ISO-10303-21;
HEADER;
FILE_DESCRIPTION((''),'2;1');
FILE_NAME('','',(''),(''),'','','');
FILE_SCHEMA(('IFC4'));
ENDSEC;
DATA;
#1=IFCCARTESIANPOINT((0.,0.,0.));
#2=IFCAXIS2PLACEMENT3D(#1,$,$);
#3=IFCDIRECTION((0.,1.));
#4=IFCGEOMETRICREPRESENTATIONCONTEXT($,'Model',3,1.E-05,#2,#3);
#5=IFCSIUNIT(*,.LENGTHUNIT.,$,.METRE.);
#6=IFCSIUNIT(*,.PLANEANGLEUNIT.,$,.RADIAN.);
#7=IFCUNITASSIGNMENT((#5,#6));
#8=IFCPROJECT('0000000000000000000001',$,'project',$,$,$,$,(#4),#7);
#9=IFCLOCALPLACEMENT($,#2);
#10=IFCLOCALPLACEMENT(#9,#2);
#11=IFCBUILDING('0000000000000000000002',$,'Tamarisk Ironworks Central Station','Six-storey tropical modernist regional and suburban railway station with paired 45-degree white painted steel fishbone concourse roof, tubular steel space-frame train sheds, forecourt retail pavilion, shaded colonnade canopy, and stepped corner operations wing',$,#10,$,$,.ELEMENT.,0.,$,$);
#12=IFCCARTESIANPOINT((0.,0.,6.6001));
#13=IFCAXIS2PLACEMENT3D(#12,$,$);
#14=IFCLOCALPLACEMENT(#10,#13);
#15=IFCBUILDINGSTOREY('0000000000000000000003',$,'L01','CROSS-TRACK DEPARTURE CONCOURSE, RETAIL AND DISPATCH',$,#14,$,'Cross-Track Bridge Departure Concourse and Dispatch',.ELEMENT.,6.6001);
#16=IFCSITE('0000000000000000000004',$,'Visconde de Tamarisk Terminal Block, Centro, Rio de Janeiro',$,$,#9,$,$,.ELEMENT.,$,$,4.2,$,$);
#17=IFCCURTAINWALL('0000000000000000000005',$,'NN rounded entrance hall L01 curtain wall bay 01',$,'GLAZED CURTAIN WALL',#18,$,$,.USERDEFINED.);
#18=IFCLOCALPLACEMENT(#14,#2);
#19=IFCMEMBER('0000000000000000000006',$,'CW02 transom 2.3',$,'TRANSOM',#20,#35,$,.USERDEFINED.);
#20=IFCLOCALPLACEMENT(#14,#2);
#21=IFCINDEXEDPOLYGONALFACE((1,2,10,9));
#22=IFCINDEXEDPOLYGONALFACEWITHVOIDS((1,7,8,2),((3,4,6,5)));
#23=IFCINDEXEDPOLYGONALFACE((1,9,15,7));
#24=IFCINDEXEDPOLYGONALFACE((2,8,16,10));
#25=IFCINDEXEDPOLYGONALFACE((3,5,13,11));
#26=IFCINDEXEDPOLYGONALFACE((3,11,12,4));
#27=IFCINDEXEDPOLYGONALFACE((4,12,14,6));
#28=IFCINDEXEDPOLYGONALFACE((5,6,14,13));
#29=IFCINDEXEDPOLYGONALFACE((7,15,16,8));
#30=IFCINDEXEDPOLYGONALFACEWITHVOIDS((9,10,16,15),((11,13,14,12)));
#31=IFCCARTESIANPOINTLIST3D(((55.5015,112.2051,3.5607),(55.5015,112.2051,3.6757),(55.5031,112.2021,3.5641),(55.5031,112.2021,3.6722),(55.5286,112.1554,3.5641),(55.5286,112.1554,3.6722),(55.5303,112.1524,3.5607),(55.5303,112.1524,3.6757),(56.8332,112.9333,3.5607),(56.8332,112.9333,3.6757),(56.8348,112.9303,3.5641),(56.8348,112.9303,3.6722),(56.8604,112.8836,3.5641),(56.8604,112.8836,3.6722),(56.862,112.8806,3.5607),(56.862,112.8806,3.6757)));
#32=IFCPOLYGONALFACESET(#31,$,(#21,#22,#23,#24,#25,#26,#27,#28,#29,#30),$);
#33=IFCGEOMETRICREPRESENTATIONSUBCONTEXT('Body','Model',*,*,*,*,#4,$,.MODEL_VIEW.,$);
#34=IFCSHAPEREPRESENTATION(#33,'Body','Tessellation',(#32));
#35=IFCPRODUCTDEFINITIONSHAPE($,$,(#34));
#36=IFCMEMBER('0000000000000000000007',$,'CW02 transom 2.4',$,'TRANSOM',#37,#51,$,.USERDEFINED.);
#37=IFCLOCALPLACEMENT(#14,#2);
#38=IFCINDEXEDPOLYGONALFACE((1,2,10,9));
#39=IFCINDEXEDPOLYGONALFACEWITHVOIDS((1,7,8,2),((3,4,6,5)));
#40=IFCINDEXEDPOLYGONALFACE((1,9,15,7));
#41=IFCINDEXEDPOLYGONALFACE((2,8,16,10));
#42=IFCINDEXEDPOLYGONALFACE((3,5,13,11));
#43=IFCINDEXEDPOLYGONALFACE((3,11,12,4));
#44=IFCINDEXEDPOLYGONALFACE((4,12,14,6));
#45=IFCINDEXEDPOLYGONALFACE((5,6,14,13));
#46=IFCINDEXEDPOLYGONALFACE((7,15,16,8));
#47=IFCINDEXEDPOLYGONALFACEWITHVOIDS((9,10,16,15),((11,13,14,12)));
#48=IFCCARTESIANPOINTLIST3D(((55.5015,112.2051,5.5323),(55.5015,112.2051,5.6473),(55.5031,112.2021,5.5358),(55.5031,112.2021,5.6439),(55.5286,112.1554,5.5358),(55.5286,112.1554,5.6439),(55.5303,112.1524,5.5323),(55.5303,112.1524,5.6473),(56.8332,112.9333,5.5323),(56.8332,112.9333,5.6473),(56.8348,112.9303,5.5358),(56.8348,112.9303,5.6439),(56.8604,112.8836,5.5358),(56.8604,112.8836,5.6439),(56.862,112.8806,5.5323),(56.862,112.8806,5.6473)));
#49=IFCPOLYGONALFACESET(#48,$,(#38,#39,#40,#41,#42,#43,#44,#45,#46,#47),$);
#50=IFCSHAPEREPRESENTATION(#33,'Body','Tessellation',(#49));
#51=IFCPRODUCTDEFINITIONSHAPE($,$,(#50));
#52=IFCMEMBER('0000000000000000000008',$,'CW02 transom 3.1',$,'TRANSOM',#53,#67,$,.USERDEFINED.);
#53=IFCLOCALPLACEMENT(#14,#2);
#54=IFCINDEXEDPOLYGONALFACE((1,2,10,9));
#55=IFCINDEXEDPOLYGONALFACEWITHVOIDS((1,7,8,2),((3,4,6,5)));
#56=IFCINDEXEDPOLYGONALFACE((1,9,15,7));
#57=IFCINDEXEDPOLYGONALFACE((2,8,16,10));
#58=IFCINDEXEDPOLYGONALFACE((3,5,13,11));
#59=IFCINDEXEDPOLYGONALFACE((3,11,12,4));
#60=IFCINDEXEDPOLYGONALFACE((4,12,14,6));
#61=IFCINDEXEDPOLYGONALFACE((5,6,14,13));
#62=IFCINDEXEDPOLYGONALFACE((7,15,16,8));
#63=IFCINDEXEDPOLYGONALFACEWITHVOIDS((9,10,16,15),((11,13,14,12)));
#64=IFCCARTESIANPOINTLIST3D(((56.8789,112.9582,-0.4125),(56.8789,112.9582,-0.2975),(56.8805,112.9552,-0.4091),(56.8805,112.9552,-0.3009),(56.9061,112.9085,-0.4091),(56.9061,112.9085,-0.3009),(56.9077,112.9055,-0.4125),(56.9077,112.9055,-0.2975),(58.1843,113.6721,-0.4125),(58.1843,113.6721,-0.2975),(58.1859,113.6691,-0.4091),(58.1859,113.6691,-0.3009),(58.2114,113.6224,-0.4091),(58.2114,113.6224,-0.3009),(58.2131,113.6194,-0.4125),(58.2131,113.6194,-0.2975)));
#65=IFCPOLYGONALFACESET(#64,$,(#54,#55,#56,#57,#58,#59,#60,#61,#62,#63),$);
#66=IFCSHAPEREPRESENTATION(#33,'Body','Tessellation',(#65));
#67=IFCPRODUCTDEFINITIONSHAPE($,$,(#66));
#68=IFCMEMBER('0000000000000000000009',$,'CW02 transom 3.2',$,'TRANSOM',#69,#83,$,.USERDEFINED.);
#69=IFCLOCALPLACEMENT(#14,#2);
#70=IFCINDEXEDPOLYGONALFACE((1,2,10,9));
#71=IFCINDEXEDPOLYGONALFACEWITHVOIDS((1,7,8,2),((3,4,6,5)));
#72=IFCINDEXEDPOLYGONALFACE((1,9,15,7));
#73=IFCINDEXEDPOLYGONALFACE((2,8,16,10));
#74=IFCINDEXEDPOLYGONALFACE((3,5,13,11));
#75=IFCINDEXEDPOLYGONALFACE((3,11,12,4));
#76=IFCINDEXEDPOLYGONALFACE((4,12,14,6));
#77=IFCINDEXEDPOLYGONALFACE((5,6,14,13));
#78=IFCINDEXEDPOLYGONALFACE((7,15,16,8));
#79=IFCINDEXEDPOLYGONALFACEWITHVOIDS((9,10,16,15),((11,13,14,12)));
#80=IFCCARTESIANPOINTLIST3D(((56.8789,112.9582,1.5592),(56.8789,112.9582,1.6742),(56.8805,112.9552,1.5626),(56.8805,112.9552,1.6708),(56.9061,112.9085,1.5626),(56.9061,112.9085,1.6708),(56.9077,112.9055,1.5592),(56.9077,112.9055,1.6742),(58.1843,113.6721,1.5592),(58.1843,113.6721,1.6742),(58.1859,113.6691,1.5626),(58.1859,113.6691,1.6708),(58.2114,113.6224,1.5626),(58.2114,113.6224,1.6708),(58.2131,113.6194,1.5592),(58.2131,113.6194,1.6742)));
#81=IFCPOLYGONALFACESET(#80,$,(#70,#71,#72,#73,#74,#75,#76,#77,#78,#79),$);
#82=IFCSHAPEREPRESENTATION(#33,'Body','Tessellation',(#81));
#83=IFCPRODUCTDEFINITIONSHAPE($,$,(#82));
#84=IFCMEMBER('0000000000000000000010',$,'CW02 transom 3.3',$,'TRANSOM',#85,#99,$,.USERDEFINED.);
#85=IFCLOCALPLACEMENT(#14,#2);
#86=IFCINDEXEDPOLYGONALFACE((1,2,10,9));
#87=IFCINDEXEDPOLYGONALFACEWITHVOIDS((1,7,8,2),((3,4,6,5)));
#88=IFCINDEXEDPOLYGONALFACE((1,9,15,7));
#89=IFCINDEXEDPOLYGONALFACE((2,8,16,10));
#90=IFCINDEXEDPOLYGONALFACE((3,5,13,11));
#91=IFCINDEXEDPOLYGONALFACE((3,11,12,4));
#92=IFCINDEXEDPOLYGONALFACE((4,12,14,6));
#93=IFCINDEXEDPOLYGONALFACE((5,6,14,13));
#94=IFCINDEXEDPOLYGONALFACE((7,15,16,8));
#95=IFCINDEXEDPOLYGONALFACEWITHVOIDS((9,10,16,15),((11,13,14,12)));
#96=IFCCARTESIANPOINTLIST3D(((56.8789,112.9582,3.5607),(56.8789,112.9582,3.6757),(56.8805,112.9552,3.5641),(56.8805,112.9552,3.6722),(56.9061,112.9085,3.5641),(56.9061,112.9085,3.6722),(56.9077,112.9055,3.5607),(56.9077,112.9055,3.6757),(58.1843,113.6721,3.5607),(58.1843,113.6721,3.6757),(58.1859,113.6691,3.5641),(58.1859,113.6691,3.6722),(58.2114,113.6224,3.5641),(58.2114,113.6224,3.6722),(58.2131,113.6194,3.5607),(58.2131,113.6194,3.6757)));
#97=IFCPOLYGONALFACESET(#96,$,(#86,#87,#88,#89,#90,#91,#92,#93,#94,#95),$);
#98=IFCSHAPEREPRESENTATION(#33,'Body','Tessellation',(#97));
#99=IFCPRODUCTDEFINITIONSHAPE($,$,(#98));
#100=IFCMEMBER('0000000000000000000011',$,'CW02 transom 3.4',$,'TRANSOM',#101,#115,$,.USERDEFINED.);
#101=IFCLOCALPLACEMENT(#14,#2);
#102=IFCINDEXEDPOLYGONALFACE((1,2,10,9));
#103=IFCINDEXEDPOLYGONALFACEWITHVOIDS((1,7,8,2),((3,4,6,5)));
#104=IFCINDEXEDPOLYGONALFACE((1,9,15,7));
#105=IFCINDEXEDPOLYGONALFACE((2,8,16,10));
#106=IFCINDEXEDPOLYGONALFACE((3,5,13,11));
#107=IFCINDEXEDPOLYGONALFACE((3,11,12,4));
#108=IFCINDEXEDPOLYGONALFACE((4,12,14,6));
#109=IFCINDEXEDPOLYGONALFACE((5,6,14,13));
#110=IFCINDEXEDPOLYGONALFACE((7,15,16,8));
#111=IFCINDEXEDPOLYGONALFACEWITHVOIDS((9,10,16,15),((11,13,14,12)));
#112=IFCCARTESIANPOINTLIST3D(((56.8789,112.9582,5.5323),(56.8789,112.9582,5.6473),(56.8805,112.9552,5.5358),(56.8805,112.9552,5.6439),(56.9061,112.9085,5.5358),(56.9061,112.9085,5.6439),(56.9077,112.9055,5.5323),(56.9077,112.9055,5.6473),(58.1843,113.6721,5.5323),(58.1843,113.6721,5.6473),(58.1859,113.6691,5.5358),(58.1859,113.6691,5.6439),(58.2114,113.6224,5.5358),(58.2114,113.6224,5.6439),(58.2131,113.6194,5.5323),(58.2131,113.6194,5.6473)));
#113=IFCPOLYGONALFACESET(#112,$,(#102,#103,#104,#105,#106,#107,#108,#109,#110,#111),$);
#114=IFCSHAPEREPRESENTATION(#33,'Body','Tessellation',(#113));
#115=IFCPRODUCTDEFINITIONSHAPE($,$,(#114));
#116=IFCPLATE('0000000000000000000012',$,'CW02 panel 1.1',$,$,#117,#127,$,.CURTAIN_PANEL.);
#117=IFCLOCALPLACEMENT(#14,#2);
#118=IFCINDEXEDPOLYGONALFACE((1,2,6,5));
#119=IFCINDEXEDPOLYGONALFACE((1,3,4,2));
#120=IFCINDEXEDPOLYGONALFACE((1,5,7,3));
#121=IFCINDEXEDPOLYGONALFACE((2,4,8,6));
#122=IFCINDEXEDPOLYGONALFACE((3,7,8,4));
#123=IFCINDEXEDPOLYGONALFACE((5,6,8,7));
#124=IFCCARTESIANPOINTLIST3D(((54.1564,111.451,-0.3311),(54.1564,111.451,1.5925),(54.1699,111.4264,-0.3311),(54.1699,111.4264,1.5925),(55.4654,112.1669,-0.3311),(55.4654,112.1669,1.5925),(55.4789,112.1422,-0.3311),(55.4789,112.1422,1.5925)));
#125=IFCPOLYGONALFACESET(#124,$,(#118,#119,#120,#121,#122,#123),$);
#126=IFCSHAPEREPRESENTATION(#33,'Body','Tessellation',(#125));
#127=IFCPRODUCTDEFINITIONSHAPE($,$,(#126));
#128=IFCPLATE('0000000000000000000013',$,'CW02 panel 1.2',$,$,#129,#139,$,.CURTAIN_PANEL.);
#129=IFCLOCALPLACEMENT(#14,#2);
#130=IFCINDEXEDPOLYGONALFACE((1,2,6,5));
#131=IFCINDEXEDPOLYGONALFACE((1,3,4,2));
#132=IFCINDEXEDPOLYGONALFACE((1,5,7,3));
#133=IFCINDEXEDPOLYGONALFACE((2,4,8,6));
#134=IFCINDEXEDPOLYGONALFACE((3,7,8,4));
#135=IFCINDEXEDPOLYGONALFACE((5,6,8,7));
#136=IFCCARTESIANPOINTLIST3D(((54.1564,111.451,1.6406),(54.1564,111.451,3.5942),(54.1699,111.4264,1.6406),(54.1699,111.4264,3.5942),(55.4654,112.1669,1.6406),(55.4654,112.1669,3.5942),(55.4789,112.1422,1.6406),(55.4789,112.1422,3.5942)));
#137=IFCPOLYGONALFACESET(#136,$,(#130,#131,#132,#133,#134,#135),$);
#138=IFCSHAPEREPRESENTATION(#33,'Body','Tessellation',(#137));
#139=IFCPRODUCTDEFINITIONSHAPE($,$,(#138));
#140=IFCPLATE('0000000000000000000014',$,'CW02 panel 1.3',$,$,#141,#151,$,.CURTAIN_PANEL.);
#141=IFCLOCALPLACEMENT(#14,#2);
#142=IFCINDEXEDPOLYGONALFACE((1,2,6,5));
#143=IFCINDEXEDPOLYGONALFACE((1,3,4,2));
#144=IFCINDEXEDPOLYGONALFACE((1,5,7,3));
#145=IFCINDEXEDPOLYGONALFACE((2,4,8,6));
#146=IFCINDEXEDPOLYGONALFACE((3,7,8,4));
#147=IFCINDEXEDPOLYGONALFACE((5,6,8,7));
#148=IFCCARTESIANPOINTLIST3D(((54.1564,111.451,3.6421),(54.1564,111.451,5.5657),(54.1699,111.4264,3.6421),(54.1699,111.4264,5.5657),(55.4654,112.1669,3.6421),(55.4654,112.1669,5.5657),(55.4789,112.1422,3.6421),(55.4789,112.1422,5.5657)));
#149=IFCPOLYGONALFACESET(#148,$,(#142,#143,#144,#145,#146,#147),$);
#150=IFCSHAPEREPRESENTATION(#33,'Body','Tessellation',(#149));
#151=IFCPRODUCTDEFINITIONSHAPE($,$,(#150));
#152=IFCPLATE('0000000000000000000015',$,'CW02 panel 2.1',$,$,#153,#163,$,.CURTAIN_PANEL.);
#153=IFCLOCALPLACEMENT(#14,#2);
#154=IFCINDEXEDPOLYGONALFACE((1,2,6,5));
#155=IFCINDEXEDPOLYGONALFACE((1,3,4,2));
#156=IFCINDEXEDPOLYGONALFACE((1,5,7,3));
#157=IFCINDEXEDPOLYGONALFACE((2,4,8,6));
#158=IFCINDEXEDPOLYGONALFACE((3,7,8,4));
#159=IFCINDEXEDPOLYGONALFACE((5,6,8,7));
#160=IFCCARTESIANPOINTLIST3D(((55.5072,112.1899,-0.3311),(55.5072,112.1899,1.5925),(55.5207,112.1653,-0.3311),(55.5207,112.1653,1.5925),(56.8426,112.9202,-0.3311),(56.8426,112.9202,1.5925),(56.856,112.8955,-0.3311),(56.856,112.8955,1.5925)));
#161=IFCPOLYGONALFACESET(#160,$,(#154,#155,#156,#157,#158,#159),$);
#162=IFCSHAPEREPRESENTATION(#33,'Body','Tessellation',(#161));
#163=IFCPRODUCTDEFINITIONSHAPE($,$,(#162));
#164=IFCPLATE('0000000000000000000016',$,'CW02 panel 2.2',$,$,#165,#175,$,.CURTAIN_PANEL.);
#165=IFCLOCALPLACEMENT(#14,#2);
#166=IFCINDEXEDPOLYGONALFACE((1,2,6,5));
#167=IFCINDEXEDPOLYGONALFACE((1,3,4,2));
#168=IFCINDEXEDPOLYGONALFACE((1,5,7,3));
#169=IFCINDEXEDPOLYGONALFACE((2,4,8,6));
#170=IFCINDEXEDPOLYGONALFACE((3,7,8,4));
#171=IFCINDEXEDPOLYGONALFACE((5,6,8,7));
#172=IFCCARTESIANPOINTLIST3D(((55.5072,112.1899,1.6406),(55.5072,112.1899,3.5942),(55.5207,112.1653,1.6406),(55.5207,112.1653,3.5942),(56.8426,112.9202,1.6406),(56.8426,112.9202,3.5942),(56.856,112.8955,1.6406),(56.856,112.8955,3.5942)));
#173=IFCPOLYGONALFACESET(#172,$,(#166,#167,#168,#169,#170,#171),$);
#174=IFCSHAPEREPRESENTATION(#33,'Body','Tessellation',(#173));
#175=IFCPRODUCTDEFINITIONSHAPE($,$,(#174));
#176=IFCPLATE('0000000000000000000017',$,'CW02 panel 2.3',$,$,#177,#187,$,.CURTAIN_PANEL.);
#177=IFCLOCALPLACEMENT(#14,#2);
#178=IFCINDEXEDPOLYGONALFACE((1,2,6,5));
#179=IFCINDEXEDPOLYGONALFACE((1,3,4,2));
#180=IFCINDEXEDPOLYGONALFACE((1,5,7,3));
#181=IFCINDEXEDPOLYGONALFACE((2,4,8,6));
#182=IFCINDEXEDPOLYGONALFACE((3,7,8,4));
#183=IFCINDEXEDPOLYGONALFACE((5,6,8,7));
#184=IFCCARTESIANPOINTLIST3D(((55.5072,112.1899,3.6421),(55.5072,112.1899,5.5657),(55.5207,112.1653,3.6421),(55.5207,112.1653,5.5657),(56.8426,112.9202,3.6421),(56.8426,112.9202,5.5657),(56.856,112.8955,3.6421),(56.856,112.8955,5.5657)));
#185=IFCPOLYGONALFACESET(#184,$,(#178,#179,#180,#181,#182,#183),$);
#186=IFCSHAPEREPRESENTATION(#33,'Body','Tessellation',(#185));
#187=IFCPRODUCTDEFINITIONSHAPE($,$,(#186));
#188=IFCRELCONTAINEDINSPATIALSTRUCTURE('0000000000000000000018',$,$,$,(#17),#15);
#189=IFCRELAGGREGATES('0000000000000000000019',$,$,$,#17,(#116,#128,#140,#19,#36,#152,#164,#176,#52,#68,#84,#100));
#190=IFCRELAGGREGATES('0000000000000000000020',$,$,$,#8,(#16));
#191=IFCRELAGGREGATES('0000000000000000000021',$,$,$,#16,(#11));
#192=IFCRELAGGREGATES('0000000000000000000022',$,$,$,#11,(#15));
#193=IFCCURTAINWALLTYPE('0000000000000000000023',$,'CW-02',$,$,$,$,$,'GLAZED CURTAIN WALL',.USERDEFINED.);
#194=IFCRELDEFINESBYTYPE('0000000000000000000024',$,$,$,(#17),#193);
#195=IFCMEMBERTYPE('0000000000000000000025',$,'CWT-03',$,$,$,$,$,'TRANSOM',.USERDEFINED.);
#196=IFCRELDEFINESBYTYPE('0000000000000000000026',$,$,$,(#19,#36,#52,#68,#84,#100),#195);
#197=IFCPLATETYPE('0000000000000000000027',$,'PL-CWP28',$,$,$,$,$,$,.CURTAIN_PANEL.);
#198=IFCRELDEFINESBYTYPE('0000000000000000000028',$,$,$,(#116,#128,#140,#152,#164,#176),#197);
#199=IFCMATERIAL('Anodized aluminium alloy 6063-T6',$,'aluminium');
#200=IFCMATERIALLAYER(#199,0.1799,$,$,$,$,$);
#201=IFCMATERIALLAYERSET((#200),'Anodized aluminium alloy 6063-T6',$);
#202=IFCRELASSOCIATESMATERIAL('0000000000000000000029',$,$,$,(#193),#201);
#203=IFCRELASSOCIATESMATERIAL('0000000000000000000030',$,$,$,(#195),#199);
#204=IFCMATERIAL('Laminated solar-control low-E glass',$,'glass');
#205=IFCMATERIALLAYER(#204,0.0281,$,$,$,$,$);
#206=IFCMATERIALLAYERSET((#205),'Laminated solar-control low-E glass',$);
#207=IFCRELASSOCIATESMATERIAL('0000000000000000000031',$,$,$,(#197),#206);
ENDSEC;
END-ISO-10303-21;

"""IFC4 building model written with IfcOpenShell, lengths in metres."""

from ifc_helpers import new_model, si_unit, direction, frame, origin, origin_2d, place, context, subcontext, project, spatial, rectangle, hollow_rectangle, extrude, material, layer, layer_set, material_profile, profile_set, type_object, element, aggregate, save


model = new_model("IFC4")

# Units and contexts
model_context = context("Model", 3, precision=1e-05, world=origin(), true_north=direction((0.0, 1.0)))
body_context = subcontext(model_context, "Body", "Model", "MODEL_VIEW")
ifc_project = project(units=[si_unit("LENGTHUNIT", "METRE"), si_unit("PLANEANGLEUNIT", "RADIAN")], contexts=[model_context])

# Site, building, storey
site_placement = place(None, origin())
site = spatial("IfcSite", under=ifc_project, at=site_placement, Name="Visconde de Tamarisk Terminal Block, Centro, Rio de Janeiro", CompositionType="ELEMENT", RefElevation=4.2)
building_placement = place(site_placement, origin())
building = spatial("IfcBuilding", under=site, at=building_placement, Name="Tamarisk Ironworks Central Station", Description="Six-storey tropical modernist regional and suburban railway station with paired 45-degree white painted steel fishbone concourse roof, tubular steel space-frame train sheds, forecourt retail pavilion, shaded colonnade canopy, and stepped corner operations wing", CompositionType="ELEMENT", ElevationOfRefHeight=0.0)
storey_placement = place(building_placement, frame((0.0, 0.0, 6.6001)))
storey = spatial("IfcBuildingStorey", under=building, at=storey_placement, Name="L01", Description="CROSS-TRACK DEPARTURE CONCOURSE, RETAIL AND DISPATCH", LongName="Cross-Track Bridge Departure Concourse and Dispatch", CompositionType="ELEMENT", Elevation=6.6001)

# Curtain wall, members, plates
ifc_material_1 = material(Name="Anodized aluminium alloy 6063-T6", Category="aluminium")
ifc_layer_1 = layer(ifc_material_1, 0.1799)
ifc_layer_set_1 = layer_set([ifc_layer_1], Name="Anodized aluminium alloy 6063-T6")
curtain_wall_type = type_object("IfcCurtainWallType", Name="CW-02", ElementType="GLAZED CURTAIN WALL", PredefinedType="USERDEFINED", material=ifc_layer_set_1)
curtain_wall_placement = place(storey_placement, origin())
curtain_wall = element("IfcCurtainWall", 1, at=curtain_wall_placement, inside=storey, type_object=curtain_wall_type, Name="NN rounded entrance hall L01 curtain wall bay 01", ObjectType="GLAZED CURTAIN WALL", PredefinedType="USERDEFINED")
ifc_material_profile_1 = material_profile(ifc_material_1, hollow_rectangle(XDim=0.0601, YDim=0.115, WallThickness=0.0034, at=origin_2d()), Name="ALUM 115x60")
ifc_profile_set_1 = profile_set([ifc_material_profile_1], Name="Anodized aluminium alloy 6063-T6")
member_type_1 = type_object("IfcMemberType", Name="CWT-03", ElementType="TRANSOM", PredefinedType="USERDEFINED", material=ifc_profile_set_1)
member_1_placement = place(storey_placement, frame((55.5159, 112.1787, 3.6182), z_axis=(0.877385, 0.479787, 0.0), x_axis=(-0.479787, 0.877385, 0.0)))
member_1 = element("IfcMember", 2, at=member_1_placement, type_object=member_type_1, Name="CW02 transom 2.3", ObjectType="TRANSOM", PredefinedType="USERDEFINED", context=body_context, shape_type="SweptSolid", body=[
    extrude(hollow_rectangle(XDim=0.0601, YDim=0.115, WallThickness=0.0034, at=origin_2d()), origin(), (0.0, 0.0, 1.0), 1.5178),
])
member_2_placement = place(storey_placement, frame((55.5159, 112.1787, 5.5898), z_axis=(0.877385, 0.479787, 0.0), x_axis=(-0.479787, 0.877385, 0.0)))
member_2 = element("IfcMember", 3, at=member_2_placement, type_object=member_type_1, Name="CW02 transom 2.4", ObjectType="TRANSOM", PredefinedType="USERDEFINED", context=body_context, shape_type="SweptSolid", body=[
    extrude(hollow_rectangle(XDim=0.0601, YDim=0.115, WallThickness=0.0034, at=origin_2d()), origin(), (0.0, 0.0, 1.0), 1.5178),
])
member_3_placement = place(storey_placement, frame((56.8933, 112.9319, -0.355), z_axis=(0.877381, 0.479795, 0.0), x_axis=(-0.479795, 0.877381, 0.0)))
member_3 = element("IfcMember", 4, at=member_3_placement, type_object=member_type_1, Name="CW02 transom 3.1", ObjectType="TRANSOM", PredefinedType="USERDEFINED", context=body_context, shape_type="SweptSolid", body=[
    extrude(hollow_rectangle(XDim=0.0601, YDim=0.115, WallThickness=0.0034, at=origin_2d()), origin(), (0.0, 0.0, 1.0), 1.4878),
])
member_4_placement = place(storey_placement, frame((56.8933, 112.9319, 1.6167), z_axis=(0.877381, 0.479795, 0.0), x_axis=(-0.479795, 0.877381, 0.0)))
member_4 = element("IfcMember", 5, at=member_4_placement, type_object=member_type_1, Name="CW02 transom 3.2", ObjectType="TRANSOM", PredefinedType="USERDEFINED", context=body_context, shape_type="SweptSolid", body=[
    extrude(hollow_rectangle(XDim=0.0601, YDim=0.115, WallThickness=0.0034, at=origin_2d()), origin(), (0.0, 0.0, 1.0), 1.4878),
])
member_5_placement = place(storey_placement, frame((56.8933, 112.9319, 3.6182), z_axis=(0.877381, 0.479795, 0.0), x_axis=(-0.479795, 0.877381, 0.0)))
member_5 = element("IfcMember", 6, at=member_5_placement, type_object=member_type_1, Name="CW02 transom 3.3", ObjectType="TRANSOM", PredefinedType="USERDEFINED", context=body_context, shape_type="SweptSolid", body=[
    extrude(hollow_rectangle(XDim=0.0601, YDim=0.115, WallThickness=0.0034, at=origin_2d()), origin(), (0.0, 0.0, 1.0), 1.4878),
])
member_6_placement = place(storey_placement, frame((56.8933, 112.9319, 5.5898), z_axis=(0.877381, 0.479795, 0.0), x_axis=(-0.479795, 0.877381, 0.0)))
member_6 = element("IfcMember", 7, at=member_6_placement, type_object=member_type_1, Name="CW02 transom 3.4", ObjectType="TRANSOM", PredefinedType="USERDEFINED", context=body_context, shape_type="SweptSolid", body=[
    extrude(hollow_rectangle(XDim=0.0601, YDim=0.115, WallThickness=0.0034, at=origin_2d()), origin(), (0.0, 0.0, 1.0), 1.4878),
])
ifc_material_2 = material(Name="Laminated solar-control low-E glass", Category="glass")
ifc_layer_2 = layer(ifc_material_2, 0.0281)
ifc_layer_set_2 = layer_set([ifc_layer_2], Name="Laminated solar-control low-E glass")
plate_type = type_object("IfcPlateType", Name="PL-CWP28", PredefinedType="CURTAIN_PANEL", material=ifc_layer_set_2)
plate_1_placement = place(storey_placement, frame((54.8176, 111.7966, -0.3311), z_axis=(0.0, 0.0, 1.0), x_axis=(0.877375, 0.479805, 0.0)))
plate_1 = element("IfcPlate", 8, at=plate_1_placement, type_object=plate_type, Name="CW02 panel 1.1", PredefinedType="CURTAIN_PANEL", context=body_context, shape_type="SweptSolid", body=[
    extrude(rectangle(XDim=1.4919, YDim=0.0281, at=origin_2d()), origin(), (0.0, 0.0, 1.0), 1.9236),
])
plate_2_placement = place(storey_placement, frame((54.8176, 111.7966, 1.6406), z_axis=(0.0, 0.0, 1.0), x_axis=(0.877375, 0.479805, 0.0)))
plate_2 = element("IfcPlate", 9, at=plate_2_placement, type_object=plate_type, Name="CW02 panel 1.2", PredefinedType="CURTAIN_PANEL", context=body_context, shape_type="SweptSolid", body=[
    extrude(rectangle(XDim=1.4919, YDim=0.0281, at=origin_2d()), origin(), (0.0, 0.0, 1.0), 1.9536),
])
plate_3_placement = place(storey_placement, frame((54.8176, 111.7966, 3.6421), z_axis=(0.0, 0.0, 1.0), x_axis=(0.877375, 0.479805, 0.0)))
plate_3 = element("IfcPlate", 10, at=plate_3_placement, type_object=plate_type, Name="CW02 panel 1.3", PredefinedType="CURTAIN_PANEL", context=body_context, shape_type="SweptSolid", body=[
    extrude(rectangle(XDim=1.4919, YDim=0.0281, at=origin_2d()), origin(), (0.0, 0.0, 1.0), 1.9236),
])
plate_4_placement = place(storey_placement, frame((56.1816, 112.5427, -0.3311), z_axis=(0.0, 0.0, 1.0), x_axis=(0.877375, 0.479805, 0.0)))
plate_4 = element("IfcPlate", 11, at=plate_4_placement, type_object=plate_type, Name="CW02 panel 2.1", PredefinedType="CURTAIN_PANEL", context=body_context, shape_type="SweptSolid", body=[
    extrude(rectangle(XDim=1.522, YDim=0.0281, at=origin_2d()), origin(), (0.0, 0.0, 1.0), 1.9236),
])
plate_5_placement = place(storey_placement, frame((56.1816, 112.5427, 1.6406), z_axis=(0.0, 0.0, 1.0), x_axis=(0.877375, 0.479805, 0.0)))
plate_5 = element("IfcPlate", 12, at=plate_5_placement, type_object=plate_type, Name="CW02 panel 2.2", PredefinedType="CURTAIN_PANEL", context=body_context, shape_type="SweptSolid", body=[
    extrude(rectangle(XDim=1.522, YDim=0.0281, at=origin_2d()), origin(), (0.0, 0.0, 1.0), 1.9536),
])
plate_6_placement = place(storey_placement, frame((56.1816, 112.5427, 3.6421), z_axis=(0.0, 0.0, 1.0), x_axis=(0.877375, 0.479805, 0.0)))
plate_6 = element("IfcPlate", 13, at=plate_6_placement, type_object=plate_type, Name="CW02 panel 2.3", PredefinedType="CURTAIN_PANEL", context=body_context, shape_type="SweptSolid", body=[
    extrude(rectangle(XDim=1.522, YDim=0.0281, at=origin_2d()), origin(), (0.0, 0.0, 1.0), 1.9236),
])
aggregate(curtain_wall, [plate_1, plate_2, plate_3, member_1, member_2, plate_4, plate_5, plate_6, member_3, member_4, member_5, member_6])

save(model, "model.ifc")
